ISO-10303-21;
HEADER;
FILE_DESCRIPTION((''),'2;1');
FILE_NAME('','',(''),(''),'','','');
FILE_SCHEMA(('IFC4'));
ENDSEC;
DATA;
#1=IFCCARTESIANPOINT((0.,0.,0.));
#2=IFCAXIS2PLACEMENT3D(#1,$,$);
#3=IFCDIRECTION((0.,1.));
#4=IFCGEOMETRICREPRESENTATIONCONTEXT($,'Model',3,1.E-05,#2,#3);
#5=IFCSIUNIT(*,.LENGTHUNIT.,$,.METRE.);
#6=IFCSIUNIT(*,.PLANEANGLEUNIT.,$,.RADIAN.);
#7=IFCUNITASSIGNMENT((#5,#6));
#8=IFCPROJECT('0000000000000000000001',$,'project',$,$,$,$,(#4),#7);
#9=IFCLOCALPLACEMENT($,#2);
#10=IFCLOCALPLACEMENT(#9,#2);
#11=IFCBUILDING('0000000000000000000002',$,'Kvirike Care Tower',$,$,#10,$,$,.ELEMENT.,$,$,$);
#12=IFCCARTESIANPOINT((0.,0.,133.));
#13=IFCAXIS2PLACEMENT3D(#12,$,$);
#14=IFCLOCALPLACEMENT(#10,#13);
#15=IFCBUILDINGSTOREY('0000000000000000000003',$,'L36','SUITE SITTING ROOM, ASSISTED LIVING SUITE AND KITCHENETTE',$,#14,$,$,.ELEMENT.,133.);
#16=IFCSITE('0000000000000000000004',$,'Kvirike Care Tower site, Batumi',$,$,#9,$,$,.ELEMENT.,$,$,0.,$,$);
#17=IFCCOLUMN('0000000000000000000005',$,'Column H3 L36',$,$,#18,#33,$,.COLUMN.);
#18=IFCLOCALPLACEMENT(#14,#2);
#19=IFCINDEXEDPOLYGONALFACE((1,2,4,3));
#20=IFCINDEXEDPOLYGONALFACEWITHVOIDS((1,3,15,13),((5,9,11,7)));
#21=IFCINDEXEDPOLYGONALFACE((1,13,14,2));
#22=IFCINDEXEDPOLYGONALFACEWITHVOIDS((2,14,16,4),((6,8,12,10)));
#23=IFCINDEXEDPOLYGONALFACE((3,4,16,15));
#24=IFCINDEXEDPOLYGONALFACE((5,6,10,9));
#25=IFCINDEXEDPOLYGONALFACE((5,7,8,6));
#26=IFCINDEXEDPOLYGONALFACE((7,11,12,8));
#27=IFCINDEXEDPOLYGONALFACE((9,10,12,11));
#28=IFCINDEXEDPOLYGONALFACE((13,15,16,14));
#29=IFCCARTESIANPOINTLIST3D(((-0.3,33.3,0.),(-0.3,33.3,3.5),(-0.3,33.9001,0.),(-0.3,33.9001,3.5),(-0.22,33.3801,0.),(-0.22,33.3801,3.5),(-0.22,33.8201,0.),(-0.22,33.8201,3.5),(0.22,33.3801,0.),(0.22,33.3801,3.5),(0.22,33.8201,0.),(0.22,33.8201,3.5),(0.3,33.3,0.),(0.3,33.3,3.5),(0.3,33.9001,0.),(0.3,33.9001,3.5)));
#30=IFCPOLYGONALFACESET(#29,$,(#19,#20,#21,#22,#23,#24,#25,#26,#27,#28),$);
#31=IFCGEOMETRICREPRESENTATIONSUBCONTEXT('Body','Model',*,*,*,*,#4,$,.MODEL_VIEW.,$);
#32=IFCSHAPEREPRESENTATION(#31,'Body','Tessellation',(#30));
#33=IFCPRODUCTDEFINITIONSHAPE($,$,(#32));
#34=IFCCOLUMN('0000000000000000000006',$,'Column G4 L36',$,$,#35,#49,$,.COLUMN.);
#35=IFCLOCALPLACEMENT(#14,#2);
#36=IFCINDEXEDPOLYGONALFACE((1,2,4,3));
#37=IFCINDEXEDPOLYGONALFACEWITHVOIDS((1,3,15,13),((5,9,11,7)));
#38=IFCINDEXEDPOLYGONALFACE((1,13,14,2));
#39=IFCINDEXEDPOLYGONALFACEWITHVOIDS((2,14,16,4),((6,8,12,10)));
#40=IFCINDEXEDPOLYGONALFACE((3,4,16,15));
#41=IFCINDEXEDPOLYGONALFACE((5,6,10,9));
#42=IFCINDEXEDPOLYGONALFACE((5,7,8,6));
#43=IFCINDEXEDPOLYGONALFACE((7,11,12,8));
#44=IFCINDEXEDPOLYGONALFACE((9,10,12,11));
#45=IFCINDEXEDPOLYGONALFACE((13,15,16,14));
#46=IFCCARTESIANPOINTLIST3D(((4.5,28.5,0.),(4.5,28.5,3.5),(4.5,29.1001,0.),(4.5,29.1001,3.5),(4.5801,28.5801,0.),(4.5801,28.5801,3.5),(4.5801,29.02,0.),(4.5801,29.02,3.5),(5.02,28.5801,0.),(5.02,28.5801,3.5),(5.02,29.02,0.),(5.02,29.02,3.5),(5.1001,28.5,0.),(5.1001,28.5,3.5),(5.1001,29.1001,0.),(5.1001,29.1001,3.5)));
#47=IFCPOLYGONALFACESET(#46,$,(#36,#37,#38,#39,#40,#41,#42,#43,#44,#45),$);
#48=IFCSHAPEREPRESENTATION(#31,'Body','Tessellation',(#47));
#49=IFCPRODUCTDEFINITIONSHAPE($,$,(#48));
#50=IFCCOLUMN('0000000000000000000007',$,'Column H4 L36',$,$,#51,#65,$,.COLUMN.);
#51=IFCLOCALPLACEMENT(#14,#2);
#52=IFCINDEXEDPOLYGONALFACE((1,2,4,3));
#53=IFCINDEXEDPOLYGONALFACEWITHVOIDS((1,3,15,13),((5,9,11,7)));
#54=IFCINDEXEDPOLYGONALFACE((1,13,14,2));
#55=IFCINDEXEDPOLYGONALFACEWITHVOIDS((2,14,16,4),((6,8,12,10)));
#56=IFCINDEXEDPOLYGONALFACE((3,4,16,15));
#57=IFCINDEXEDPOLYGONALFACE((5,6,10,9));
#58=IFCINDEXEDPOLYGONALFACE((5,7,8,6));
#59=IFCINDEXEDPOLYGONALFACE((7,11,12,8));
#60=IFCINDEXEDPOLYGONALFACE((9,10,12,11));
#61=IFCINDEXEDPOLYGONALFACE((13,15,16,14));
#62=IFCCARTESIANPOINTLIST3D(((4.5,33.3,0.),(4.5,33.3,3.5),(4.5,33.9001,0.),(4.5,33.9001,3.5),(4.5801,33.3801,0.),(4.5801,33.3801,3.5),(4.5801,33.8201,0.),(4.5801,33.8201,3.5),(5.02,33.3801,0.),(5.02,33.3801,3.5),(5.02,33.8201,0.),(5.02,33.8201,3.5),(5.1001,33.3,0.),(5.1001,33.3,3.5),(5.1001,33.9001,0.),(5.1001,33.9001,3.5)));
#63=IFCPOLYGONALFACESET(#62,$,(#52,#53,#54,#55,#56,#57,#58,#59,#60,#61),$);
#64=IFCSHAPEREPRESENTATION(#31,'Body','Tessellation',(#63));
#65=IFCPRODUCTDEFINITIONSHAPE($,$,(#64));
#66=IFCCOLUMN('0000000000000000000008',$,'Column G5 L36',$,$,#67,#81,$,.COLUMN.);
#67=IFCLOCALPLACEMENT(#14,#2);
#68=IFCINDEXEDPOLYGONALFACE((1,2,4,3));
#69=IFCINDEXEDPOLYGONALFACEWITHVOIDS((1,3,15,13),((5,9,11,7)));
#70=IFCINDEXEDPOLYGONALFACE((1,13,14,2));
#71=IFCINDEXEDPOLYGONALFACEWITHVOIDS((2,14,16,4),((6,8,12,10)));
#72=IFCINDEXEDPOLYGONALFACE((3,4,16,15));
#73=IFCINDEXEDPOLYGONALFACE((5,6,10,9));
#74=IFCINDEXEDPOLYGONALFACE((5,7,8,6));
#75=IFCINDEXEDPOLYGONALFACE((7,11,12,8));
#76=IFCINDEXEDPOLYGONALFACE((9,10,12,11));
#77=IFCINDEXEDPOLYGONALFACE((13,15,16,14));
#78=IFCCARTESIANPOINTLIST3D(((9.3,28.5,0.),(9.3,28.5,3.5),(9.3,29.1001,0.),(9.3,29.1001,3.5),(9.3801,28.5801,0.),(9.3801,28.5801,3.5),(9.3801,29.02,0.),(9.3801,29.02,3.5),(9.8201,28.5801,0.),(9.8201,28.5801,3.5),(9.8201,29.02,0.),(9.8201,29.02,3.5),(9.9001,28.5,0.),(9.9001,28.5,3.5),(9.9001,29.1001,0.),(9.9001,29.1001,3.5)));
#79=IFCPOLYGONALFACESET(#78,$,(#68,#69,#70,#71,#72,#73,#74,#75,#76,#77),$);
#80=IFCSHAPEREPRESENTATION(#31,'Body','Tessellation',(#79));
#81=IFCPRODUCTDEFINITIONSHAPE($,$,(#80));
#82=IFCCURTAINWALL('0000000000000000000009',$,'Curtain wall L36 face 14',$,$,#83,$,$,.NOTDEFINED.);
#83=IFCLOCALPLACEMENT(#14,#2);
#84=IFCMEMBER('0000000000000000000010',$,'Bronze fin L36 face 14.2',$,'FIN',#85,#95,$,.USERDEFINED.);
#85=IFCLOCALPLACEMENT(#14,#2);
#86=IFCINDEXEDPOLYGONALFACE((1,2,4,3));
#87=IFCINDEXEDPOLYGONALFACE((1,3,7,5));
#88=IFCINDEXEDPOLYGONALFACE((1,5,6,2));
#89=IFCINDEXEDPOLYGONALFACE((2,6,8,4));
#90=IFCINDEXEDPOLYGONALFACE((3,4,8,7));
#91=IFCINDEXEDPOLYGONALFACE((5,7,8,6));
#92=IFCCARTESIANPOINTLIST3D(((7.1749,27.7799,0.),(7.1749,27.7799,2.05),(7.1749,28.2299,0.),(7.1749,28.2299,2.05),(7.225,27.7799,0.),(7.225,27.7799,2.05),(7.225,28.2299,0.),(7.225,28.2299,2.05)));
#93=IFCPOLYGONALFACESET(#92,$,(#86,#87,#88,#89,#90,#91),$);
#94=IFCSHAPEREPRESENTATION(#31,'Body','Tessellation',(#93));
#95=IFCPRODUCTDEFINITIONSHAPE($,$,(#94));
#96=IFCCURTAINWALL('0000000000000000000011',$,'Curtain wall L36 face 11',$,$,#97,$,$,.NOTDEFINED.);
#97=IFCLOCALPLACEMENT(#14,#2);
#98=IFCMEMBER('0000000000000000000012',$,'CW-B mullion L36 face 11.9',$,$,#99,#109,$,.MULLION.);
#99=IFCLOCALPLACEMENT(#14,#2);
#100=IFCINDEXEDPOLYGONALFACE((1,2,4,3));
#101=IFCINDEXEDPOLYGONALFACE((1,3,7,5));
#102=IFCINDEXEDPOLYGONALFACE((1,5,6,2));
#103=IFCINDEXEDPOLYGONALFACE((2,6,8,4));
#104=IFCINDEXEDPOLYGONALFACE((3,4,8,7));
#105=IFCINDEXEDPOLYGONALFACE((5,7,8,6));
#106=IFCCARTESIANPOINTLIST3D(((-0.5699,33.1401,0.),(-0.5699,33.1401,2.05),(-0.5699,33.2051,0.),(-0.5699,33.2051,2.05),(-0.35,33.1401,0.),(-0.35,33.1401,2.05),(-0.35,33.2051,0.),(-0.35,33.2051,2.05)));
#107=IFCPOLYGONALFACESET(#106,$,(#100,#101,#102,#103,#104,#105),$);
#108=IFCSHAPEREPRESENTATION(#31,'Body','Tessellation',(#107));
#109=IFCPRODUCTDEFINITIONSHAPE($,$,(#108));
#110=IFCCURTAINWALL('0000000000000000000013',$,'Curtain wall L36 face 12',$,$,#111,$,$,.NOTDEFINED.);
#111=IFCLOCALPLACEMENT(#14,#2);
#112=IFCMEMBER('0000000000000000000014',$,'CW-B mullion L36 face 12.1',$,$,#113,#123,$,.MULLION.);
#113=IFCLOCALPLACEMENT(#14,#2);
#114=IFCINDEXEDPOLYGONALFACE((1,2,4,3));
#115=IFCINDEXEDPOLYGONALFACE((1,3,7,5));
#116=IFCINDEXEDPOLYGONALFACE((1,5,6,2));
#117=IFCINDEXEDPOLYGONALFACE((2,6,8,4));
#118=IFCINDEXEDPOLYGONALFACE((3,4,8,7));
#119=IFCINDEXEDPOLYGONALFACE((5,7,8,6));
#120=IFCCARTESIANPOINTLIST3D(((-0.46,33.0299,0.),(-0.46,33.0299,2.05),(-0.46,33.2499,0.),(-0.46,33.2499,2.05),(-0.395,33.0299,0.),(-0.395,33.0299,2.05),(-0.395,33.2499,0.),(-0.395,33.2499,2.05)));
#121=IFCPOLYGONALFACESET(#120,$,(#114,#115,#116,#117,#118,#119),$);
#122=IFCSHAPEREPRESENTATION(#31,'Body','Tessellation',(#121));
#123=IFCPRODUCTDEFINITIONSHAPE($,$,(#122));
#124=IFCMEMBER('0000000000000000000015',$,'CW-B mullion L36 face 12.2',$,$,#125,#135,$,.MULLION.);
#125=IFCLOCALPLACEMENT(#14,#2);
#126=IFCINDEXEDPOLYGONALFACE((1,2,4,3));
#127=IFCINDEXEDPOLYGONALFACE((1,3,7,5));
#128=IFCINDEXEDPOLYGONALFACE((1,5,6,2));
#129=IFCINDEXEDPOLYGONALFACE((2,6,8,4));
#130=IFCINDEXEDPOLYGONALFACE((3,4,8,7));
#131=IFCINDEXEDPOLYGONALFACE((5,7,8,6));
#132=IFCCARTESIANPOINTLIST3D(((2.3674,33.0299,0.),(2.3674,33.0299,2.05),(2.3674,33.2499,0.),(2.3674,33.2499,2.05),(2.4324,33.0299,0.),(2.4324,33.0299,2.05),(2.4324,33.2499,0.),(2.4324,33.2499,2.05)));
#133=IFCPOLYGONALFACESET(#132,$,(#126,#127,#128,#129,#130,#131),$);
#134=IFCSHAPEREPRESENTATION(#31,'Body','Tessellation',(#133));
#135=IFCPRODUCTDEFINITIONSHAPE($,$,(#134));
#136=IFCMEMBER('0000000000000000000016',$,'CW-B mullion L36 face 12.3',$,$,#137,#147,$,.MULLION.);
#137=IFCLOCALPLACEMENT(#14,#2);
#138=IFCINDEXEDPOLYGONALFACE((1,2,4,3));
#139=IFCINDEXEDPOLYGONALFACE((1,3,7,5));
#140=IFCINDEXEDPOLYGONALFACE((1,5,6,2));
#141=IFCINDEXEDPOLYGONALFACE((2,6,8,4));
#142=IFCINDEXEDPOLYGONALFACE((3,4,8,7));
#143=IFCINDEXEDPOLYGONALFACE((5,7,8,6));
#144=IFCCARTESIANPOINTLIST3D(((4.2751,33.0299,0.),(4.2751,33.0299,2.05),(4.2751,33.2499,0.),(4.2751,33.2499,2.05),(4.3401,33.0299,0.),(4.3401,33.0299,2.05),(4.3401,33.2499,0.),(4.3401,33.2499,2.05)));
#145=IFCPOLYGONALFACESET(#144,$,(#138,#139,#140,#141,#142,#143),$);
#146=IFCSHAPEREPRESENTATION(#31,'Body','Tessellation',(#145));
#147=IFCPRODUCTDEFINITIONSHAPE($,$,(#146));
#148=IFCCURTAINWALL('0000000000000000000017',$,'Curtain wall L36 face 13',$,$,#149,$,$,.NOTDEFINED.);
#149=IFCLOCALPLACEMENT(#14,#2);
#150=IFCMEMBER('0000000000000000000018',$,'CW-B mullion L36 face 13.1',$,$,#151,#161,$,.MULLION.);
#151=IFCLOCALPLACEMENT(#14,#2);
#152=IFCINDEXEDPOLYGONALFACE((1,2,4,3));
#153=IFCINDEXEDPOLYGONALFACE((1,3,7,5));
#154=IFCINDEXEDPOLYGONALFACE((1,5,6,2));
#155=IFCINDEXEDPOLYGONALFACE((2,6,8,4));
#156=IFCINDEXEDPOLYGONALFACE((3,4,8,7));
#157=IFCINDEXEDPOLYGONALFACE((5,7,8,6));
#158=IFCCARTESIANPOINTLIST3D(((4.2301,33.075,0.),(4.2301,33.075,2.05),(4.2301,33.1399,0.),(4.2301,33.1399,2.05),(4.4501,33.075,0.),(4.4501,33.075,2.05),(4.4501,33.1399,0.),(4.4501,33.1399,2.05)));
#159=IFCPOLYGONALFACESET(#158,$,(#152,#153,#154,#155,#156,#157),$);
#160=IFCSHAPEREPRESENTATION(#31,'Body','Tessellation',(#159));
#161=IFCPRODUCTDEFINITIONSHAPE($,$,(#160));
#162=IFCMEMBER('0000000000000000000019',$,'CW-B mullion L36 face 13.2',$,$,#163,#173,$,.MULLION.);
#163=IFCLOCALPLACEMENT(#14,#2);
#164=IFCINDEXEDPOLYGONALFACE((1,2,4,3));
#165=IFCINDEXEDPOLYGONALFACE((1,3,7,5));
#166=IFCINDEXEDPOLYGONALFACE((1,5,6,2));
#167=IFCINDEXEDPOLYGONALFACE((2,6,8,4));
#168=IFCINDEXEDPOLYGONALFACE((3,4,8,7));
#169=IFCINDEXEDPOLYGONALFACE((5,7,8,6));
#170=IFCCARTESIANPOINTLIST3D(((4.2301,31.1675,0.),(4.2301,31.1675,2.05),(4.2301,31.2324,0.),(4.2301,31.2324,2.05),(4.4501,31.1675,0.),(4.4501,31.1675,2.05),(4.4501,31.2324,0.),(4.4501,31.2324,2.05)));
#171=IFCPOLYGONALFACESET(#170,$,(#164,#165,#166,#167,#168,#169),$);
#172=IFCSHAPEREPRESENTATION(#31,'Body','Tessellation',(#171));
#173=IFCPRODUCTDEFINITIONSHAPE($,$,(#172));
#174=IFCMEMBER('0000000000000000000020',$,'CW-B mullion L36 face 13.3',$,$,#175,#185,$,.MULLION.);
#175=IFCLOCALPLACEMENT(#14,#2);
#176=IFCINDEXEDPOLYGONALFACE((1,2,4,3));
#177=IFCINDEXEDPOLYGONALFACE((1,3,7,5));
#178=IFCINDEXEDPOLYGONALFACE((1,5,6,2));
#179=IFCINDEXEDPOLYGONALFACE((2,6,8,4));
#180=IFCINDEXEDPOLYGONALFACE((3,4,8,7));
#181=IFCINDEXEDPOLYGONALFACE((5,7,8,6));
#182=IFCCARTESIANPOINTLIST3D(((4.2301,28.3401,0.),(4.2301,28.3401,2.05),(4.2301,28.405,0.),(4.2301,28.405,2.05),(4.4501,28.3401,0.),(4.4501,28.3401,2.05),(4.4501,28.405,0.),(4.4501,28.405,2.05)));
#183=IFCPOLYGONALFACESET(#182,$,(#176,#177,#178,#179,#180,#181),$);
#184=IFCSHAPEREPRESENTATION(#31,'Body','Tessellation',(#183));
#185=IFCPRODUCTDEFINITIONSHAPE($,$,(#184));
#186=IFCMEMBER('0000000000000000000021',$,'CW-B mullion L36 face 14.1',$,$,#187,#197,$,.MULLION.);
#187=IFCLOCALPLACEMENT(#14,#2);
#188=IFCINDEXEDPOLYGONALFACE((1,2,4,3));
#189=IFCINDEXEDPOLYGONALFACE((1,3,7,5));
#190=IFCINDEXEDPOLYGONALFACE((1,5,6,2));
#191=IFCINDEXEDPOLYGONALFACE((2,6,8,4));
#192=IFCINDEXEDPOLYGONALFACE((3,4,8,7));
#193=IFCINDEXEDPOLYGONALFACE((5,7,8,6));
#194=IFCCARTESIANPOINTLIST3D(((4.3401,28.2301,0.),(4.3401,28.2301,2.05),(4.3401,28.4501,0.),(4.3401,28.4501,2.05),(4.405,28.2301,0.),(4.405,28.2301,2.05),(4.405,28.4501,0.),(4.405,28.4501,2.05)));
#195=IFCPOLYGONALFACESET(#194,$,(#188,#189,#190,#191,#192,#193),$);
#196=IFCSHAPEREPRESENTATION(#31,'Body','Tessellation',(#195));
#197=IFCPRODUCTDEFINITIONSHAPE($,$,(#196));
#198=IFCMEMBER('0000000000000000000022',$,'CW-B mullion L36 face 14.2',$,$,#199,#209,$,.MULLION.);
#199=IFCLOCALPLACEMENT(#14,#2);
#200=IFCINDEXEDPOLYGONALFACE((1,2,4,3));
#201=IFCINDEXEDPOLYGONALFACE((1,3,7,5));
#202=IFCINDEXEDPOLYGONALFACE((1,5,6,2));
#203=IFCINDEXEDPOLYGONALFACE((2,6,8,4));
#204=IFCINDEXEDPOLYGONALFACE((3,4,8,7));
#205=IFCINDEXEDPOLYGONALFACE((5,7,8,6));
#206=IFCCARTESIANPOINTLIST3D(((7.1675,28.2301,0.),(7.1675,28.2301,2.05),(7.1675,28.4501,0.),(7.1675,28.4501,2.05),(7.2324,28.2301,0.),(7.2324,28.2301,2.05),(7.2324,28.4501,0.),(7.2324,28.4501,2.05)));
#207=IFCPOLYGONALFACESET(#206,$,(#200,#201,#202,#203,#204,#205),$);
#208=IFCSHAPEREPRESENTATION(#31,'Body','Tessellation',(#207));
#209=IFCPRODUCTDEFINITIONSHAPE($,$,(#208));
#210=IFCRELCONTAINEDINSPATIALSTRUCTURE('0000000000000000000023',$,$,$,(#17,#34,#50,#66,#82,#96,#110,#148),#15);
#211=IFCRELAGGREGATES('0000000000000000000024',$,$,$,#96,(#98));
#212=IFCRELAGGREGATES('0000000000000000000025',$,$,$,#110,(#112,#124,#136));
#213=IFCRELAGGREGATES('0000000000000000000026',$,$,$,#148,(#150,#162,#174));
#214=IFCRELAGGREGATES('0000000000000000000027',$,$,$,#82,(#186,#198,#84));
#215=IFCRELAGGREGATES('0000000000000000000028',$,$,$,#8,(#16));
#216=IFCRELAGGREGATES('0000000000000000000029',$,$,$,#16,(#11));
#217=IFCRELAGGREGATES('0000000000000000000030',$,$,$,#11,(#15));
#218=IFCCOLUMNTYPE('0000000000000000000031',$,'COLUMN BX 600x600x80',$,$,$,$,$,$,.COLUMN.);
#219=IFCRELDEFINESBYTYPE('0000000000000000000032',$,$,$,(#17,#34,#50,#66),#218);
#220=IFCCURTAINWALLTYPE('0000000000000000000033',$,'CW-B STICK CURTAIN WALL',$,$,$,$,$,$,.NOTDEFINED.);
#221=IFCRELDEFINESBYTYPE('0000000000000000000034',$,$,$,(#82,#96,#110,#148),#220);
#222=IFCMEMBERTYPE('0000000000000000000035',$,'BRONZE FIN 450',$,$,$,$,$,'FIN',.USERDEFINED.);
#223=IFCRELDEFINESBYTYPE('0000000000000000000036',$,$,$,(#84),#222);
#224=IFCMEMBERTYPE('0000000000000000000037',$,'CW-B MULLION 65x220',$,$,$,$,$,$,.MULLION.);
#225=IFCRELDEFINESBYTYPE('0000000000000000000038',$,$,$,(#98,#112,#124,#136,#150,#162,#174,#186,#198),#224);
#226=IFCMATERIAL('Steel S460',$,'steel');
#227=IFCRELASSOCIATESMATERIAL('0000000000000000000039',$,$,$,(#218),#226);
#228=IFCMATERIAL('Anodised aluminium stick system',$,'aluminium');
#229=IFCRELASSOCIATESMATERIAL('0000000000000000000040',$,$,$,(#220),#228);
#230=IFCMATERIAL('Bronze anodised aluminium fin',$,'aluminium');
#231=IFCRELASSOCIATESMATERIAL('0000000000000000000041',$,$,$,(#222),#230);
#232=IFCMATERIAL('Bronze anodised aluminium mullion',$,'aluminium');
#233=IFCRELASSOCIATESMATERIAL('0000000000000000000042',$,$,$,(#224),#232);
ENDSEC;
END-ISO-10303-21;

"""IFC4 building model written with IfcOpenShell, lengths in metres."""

from ifc_helpers import new_model, si_unit, direction, frame, origin, origin_2d, place, context, subcontext, project, spatial, rectangle, hollow_rectangle, extrude, material, material_profile, profile_set, type_object, element, aggregate, save


model = new_model("IFC4")

# Units and contexts
model_context = context("Model", 3, precision=1e-05, world=origin(), true_north=direction((0.0, 1.0)))
body_context = subcontext(model_context, "Body", "Model", "MODEL_VIEW")
ifc_project = project(units=[si_unit("LENGTHUNIT", "METRE"), si_unit("PLANEANGLEUNIT", "RADIAN")], contexts=[model_context])

# Site, building, storey
site_placement = place(None, origin())
site = spatial("IfcSite", under=ifc_project, at=site_placement, Name="Kvirike Care Tower site, Batumi", CompositionType="ELEMENT", RefElevation=0.0)
building_placement = place(site_placement, origin())
building = spatial("IfcBuilding", under=site, at=building_placement, Name="Kvirike Care Tower", CompositionType="ELEMENT")
storey_placement = place(building_placement, frame((0.0, 0.0, 133.0)))
storey = spatial("IfcBuildingStorey", under=building, at=storey_placement, Name="L36", Description="SUITE SITTING ROOM, ASSISTED LIVING SUITE AND KITCHENETTE", CompositionType="ELEMENT", Elevation=133.0)

# Columns
ifc_material_1 = material(Name="Steel S460", Category="steel")
ifc_material_profile_1 = material_profile(ifc_material_1, hollow_rectangle(XDim=0.6001, YDim=0.6001, WallThickness=0.0801, at=origin_2d()), Name="BX 600x600x80")
ifc_profile_set_1 = profile_set([ifc_material_profile_1], Name="Steel S460")
column_type = type_object("IfcColumnType", Name="COLUMN BX 600x600x80", PredefinedType="COLUMN", material=ifc_profile_set_1)
for number, where, z_axis, x_axis, name in (
    (1, (0.0, 33.6001, 0.0), (0.0, 0.0, 1.0), (0.0, 1.0, 0.0), "Column H3 L36"),
    (2, (4.8, 28.8, 0.0), (0.0, 0.0, 1.0), (0.0, 1.0, 0.0), "Column G4 L36"),
    (3, (4.8, 33.6001, 0.0), (0.0, 0.0, 1.0), (0.0, 1.0, 0.0), "Column H4 L36"),
    (4, (9.6001, 28.8, 0.0), (0.0, 0.0, 1.0), (0.0, 1.0, 0.0), "Column G5 L36"),
):
    element("IfcColumn", number, at=place(storey_placement, frame(where, z_axis=z_axis, x_axis=x_axis)), inside=storey, type_object=column_type, Name=name, PredefinedType="COLUMN", context=body_context, shape_type="SweptSolid", body=[
        extrude(hollow_rectangle(XDim=0.6001, YDim=0.6001, WallThickness=0.0801, at=origin_2d()), origin(), (0.0, 0.0, 1.0), 3.5),
    ])

# Curtain walls, members
ifc_material_2 = material(Name="Anodised aluminium stick system", Category="aluminium")
curtain_wall_type = type_object("IfcCurtainWallType", Name="CW-B STICK CURTAIN WALL", PredefinedType="NOTDEFINED", material=ifc_material_2)
curtain_wall_1_placement = place(storey_placement, origin())
curtain_wall_1 = element("IfcCurtainWall", 5, at=curtain_wall_1_placement, inside=storey, type_object=curtain_wall_type, Name="Curtain wall L36 face 14", PredefinedType="NOTDEFINED")
ifc_material_3 = material(Name="Bronze anodised aluminium fin", Category="aluminium")
ifc_material_profile_2 = material_profile(ifc_material_3, rectangle(XDim=0.05, YDim=0.45, at=origin_2d()), Name="BRONZE FIN 450")
ifc_profile_set_2 = profile_set([ifc_material_profile_2], Name="Bronze anodised aluminium fin")
member_type_1 = type_object("IfcMemberType", Name="BRONZE FIN 450", ElementType="FIN", PredefinedType="USERDEFINED", material=ifc_profile_set_2)
member_1_placement = place(storey_placement, frame((7.2, 28.0049, 0.0), z_axis=(0.0, 0.0, 1.0), x_axis=(1.0, 0.0, 0.0)))
member_1 = element("IfcMember", 6, at=member_1_placement, type_object=member_type_1, Name="Bronze fin L36 face 14.2", ObjectType="FIN", PredefinedType="USERDEFINED", context=body_context, shape_type="SweptSolid", body=[
    extrude(rectangle(XDim=0.05, YDim=0.45, at=origin_2d()), origin(), (0.0, 0.0, 1.0), 2.05),
])
curtain_wall_2_placement = place(storey_placement, origin())
curtain_wall_2 = element("IfcCurtainWall", 7, at=curtain_wall_2_placement, inside=storey, type_object=curtain_wall_type, Name="Curtain wall L36 face 11", PredefinedType="NOTDEFINED")
ifc_material_4 = material(Name="Bronze anodised aluminium mullion", Category="aluminium")
ifc_material_profile_3 = material_profile(ifc_material_4, rectangle(XDim=0.0649, YDim=0.22, at=origin_2d()), Name="CW-B MULLION 65x220")
ifc_profile_set_3 = profile_set([ifc_material_profile_3], Name="Bronze anodised aluminium mullion")
member_type_2 = type_object("IfcMemberType", Name="CW-B MULLION 65x220", PredefinedType="MULLION", material=ifc_profile_set_3)
member_2_placement = place(storey_placement, frame((-0.46, 33.1726, 0.0), z_axis=(0.0, 0.0, 1.0), x_axis=(0.0, -1.0, 0.0)))
member_2 = element("IfcMember", 8, at=member_2_placement, type_object=member_type_2, Name="CW-B mullion L36 face 11.9", PredefinedType="MULLION", context=body_context, shape_type="SweptSolid", body=[
    extrude(rectangle(XDim=0.0649, YDim=0.22, at=origin_2d()), origin(), (0.0, 0.0, 1.0), 2.05),
])
aggregate(curtain_wall_2, [member_2])

# Curtain walls, members
curtain_wall_3_placement = place(storey_placement, origin())
curtain_wall_3 = element("IfcCurtainWall", 9, at=curtain_wall_3_placement, inside=storey, type_object=curtain_wall_type, Name="Curtain wall L36 face 12", PredefinedType="NOTDEFINED")
member_3_placement = place(storey_placement, frame((-0.4275, 33.1399, 0.0), z_axis=(0.0, 0.0, 1.0), x_axis=(1.0, 0.0, 0.0)))
member_3 = element("IfcMember", 10, at=member_3_placement, type_object=member_type_2, Name="CW-B mullion L36 face 12.1", PredefinedType="MULLION", context=body_context, shape_type="SweptSolid", body=[
    extrude(rectangle(XDim=0.0649, YDim=0.22, at=origin_2d()), origin(), (0.0, 0.0, 1.0), 2.05),
])
member_4_placement = place(storey_placement, frame((2.3999, 33.1399, 0.0), z_axis=(0.0, 0.0, 1.0), x_axis=(1.0, 0.0, 0.0)))
member_4 = element("IfcMember", 11, at=member_4_placement, type_object=member_type_2, Name="CW-B mullion L36 face 12.2", PredefinedType="MULLION", context=body_context, shape_type="SweptSolid", body=[
    extrude(rectangle(XDim=0.0649, YDim=0.22, at=origin_2d()), origin(), (0.0, 0.0, 1.0), 2.05),
])
member_5_placement = place(storey_placement, frame((4.3076, 33.1399, 0.0), z_axis=(0.0, 0.0, 1.0), x_axis=(1.0, 0.0, 0.0)))
member_5 = element("IfcMember", 12, at=member_5_placement, type_object=member_type_2, Name="CW-B mullion L36 face 12.3", PredefinedType="MULLION", context=body_context, shape_type="SweptSolid", body=[
    extrude(rectangle(XDim=0.0649, YDim=0.22, at=origin_2d()), origin(), (0.0, 0.0, 1.0), 2.05),
])
curtain_wall_4_placement = place(storey_placement, origin())
curtain_wall_4 = element("IfcCurtainWall", 13, at=curtain_wall_4_placement, inside=storey, type_object=curtain_wall_type, Name="Curtain wall L36 face 13", PredefinedType="NOTDEFINED")
member_6_placement = place(storey_placement, frame((4.3401, 33.1074, 0.0), z_axis=(0.0, 0.0, 1.0), x_axis=(0.0, -1.0, 0.0)))
member_6 = element("IfcMember", 14, at=member_6_placement, type_object=member_type_2, Name="CW-B mullion L36 face 13.1", PredefinedType="MULLION", context=body_context, shape_type="SweptSolid", body=[
    extrude(rectangle(XDim=0.0649, YDim=0.22, at=origin_2d()), origin(), (0.0, 0.0, 1.0), 2.05),
])
member_7_placement = place(storey_placement, frame((4.3401, 31.2, 0.0), z_axis=(0.0, 0.0, 1.0), x_axis=(0.0, -1.0, 0.0)))
member_7 = element("IfcMember", 15, at=member_7_placement, type_object=member_type_2, Name="CW-B mullion L36 face 13.2", PredefinedType="MULLION", context=body_context, shape_type="SweptSolid", body=[
    extrude(rectangle(XDim=0.0649, YDim=0.22, at=origin_2d()), origin(), (0.0, 0.0, 1.0), 2.05),
])
member_8_placement = place(storey_placement, frame((4.3401, 28.3726, 0.0), z_axis=(0.0, 0.0, 1.0), x_axis=(0.0, -1.0, 0.0)))
member_8 = element("IfcMember", 16, at=member_8_placement, type_object=member_type_2, Name="CW-B mullion L36 face 13.3", PredefinedType="MULLION", context=body_context, shape_type="SweptSolid", body=[
    extrude(rectangle(XDim=0.0649, YDim=0.22, at=origin_2d()), origin(), (0.0, 0.0, 1.0), 2.05),
])

# Members
member_9_placement = place(storey_placement, frame((4.3726, 28.3401, 0.0), z_axis=(0.0, 0.0, 1.0), x_axis=(1.0, 0.0, 0.0)))
member_9 = element("IfcMember", 17, at=member_9_placement, type_object=member_type_2, Name="CW-B mullion L36 face 14.1", PredefinedType="MULLION", context=body_context, shape_type="SweptSolid", body=[
    extrude(rectangle(XDim=0.0649, YDim=0.22, at=origin_2d()), origin(), (0.0, 0.0, 1.0), 2.05),
])
member_10_placement = place(storey_placement, frame((7.2, 28.3401, 0.0), z_axis=(0.0, 0.0, 1.0), x_axis=(1.0, 0.0, 0.0)))
member_10 = element("IfcMember", 18, at=member_10_placement, type_object=member_type_2, Name="CW-B mullion L36 face 14.2", PredefinedType="MULLION", context=body_context, shape_type="SweptSolid", body=[
    extrude(rectangle(XDim=0.0649, YDim=0.22, at=origin_2d()), origin(), (0.0, 0.0, 1.0), 2.05),
])

aggregate(curtain_wall_3, [member_3, member_4, member_5])
aggregate(curtain_wall_4, [member_6, member_7, member_8])
aggregate(curtain_wall_1, [member_9, member_10, member_1])

save(model, "model.ifc")
